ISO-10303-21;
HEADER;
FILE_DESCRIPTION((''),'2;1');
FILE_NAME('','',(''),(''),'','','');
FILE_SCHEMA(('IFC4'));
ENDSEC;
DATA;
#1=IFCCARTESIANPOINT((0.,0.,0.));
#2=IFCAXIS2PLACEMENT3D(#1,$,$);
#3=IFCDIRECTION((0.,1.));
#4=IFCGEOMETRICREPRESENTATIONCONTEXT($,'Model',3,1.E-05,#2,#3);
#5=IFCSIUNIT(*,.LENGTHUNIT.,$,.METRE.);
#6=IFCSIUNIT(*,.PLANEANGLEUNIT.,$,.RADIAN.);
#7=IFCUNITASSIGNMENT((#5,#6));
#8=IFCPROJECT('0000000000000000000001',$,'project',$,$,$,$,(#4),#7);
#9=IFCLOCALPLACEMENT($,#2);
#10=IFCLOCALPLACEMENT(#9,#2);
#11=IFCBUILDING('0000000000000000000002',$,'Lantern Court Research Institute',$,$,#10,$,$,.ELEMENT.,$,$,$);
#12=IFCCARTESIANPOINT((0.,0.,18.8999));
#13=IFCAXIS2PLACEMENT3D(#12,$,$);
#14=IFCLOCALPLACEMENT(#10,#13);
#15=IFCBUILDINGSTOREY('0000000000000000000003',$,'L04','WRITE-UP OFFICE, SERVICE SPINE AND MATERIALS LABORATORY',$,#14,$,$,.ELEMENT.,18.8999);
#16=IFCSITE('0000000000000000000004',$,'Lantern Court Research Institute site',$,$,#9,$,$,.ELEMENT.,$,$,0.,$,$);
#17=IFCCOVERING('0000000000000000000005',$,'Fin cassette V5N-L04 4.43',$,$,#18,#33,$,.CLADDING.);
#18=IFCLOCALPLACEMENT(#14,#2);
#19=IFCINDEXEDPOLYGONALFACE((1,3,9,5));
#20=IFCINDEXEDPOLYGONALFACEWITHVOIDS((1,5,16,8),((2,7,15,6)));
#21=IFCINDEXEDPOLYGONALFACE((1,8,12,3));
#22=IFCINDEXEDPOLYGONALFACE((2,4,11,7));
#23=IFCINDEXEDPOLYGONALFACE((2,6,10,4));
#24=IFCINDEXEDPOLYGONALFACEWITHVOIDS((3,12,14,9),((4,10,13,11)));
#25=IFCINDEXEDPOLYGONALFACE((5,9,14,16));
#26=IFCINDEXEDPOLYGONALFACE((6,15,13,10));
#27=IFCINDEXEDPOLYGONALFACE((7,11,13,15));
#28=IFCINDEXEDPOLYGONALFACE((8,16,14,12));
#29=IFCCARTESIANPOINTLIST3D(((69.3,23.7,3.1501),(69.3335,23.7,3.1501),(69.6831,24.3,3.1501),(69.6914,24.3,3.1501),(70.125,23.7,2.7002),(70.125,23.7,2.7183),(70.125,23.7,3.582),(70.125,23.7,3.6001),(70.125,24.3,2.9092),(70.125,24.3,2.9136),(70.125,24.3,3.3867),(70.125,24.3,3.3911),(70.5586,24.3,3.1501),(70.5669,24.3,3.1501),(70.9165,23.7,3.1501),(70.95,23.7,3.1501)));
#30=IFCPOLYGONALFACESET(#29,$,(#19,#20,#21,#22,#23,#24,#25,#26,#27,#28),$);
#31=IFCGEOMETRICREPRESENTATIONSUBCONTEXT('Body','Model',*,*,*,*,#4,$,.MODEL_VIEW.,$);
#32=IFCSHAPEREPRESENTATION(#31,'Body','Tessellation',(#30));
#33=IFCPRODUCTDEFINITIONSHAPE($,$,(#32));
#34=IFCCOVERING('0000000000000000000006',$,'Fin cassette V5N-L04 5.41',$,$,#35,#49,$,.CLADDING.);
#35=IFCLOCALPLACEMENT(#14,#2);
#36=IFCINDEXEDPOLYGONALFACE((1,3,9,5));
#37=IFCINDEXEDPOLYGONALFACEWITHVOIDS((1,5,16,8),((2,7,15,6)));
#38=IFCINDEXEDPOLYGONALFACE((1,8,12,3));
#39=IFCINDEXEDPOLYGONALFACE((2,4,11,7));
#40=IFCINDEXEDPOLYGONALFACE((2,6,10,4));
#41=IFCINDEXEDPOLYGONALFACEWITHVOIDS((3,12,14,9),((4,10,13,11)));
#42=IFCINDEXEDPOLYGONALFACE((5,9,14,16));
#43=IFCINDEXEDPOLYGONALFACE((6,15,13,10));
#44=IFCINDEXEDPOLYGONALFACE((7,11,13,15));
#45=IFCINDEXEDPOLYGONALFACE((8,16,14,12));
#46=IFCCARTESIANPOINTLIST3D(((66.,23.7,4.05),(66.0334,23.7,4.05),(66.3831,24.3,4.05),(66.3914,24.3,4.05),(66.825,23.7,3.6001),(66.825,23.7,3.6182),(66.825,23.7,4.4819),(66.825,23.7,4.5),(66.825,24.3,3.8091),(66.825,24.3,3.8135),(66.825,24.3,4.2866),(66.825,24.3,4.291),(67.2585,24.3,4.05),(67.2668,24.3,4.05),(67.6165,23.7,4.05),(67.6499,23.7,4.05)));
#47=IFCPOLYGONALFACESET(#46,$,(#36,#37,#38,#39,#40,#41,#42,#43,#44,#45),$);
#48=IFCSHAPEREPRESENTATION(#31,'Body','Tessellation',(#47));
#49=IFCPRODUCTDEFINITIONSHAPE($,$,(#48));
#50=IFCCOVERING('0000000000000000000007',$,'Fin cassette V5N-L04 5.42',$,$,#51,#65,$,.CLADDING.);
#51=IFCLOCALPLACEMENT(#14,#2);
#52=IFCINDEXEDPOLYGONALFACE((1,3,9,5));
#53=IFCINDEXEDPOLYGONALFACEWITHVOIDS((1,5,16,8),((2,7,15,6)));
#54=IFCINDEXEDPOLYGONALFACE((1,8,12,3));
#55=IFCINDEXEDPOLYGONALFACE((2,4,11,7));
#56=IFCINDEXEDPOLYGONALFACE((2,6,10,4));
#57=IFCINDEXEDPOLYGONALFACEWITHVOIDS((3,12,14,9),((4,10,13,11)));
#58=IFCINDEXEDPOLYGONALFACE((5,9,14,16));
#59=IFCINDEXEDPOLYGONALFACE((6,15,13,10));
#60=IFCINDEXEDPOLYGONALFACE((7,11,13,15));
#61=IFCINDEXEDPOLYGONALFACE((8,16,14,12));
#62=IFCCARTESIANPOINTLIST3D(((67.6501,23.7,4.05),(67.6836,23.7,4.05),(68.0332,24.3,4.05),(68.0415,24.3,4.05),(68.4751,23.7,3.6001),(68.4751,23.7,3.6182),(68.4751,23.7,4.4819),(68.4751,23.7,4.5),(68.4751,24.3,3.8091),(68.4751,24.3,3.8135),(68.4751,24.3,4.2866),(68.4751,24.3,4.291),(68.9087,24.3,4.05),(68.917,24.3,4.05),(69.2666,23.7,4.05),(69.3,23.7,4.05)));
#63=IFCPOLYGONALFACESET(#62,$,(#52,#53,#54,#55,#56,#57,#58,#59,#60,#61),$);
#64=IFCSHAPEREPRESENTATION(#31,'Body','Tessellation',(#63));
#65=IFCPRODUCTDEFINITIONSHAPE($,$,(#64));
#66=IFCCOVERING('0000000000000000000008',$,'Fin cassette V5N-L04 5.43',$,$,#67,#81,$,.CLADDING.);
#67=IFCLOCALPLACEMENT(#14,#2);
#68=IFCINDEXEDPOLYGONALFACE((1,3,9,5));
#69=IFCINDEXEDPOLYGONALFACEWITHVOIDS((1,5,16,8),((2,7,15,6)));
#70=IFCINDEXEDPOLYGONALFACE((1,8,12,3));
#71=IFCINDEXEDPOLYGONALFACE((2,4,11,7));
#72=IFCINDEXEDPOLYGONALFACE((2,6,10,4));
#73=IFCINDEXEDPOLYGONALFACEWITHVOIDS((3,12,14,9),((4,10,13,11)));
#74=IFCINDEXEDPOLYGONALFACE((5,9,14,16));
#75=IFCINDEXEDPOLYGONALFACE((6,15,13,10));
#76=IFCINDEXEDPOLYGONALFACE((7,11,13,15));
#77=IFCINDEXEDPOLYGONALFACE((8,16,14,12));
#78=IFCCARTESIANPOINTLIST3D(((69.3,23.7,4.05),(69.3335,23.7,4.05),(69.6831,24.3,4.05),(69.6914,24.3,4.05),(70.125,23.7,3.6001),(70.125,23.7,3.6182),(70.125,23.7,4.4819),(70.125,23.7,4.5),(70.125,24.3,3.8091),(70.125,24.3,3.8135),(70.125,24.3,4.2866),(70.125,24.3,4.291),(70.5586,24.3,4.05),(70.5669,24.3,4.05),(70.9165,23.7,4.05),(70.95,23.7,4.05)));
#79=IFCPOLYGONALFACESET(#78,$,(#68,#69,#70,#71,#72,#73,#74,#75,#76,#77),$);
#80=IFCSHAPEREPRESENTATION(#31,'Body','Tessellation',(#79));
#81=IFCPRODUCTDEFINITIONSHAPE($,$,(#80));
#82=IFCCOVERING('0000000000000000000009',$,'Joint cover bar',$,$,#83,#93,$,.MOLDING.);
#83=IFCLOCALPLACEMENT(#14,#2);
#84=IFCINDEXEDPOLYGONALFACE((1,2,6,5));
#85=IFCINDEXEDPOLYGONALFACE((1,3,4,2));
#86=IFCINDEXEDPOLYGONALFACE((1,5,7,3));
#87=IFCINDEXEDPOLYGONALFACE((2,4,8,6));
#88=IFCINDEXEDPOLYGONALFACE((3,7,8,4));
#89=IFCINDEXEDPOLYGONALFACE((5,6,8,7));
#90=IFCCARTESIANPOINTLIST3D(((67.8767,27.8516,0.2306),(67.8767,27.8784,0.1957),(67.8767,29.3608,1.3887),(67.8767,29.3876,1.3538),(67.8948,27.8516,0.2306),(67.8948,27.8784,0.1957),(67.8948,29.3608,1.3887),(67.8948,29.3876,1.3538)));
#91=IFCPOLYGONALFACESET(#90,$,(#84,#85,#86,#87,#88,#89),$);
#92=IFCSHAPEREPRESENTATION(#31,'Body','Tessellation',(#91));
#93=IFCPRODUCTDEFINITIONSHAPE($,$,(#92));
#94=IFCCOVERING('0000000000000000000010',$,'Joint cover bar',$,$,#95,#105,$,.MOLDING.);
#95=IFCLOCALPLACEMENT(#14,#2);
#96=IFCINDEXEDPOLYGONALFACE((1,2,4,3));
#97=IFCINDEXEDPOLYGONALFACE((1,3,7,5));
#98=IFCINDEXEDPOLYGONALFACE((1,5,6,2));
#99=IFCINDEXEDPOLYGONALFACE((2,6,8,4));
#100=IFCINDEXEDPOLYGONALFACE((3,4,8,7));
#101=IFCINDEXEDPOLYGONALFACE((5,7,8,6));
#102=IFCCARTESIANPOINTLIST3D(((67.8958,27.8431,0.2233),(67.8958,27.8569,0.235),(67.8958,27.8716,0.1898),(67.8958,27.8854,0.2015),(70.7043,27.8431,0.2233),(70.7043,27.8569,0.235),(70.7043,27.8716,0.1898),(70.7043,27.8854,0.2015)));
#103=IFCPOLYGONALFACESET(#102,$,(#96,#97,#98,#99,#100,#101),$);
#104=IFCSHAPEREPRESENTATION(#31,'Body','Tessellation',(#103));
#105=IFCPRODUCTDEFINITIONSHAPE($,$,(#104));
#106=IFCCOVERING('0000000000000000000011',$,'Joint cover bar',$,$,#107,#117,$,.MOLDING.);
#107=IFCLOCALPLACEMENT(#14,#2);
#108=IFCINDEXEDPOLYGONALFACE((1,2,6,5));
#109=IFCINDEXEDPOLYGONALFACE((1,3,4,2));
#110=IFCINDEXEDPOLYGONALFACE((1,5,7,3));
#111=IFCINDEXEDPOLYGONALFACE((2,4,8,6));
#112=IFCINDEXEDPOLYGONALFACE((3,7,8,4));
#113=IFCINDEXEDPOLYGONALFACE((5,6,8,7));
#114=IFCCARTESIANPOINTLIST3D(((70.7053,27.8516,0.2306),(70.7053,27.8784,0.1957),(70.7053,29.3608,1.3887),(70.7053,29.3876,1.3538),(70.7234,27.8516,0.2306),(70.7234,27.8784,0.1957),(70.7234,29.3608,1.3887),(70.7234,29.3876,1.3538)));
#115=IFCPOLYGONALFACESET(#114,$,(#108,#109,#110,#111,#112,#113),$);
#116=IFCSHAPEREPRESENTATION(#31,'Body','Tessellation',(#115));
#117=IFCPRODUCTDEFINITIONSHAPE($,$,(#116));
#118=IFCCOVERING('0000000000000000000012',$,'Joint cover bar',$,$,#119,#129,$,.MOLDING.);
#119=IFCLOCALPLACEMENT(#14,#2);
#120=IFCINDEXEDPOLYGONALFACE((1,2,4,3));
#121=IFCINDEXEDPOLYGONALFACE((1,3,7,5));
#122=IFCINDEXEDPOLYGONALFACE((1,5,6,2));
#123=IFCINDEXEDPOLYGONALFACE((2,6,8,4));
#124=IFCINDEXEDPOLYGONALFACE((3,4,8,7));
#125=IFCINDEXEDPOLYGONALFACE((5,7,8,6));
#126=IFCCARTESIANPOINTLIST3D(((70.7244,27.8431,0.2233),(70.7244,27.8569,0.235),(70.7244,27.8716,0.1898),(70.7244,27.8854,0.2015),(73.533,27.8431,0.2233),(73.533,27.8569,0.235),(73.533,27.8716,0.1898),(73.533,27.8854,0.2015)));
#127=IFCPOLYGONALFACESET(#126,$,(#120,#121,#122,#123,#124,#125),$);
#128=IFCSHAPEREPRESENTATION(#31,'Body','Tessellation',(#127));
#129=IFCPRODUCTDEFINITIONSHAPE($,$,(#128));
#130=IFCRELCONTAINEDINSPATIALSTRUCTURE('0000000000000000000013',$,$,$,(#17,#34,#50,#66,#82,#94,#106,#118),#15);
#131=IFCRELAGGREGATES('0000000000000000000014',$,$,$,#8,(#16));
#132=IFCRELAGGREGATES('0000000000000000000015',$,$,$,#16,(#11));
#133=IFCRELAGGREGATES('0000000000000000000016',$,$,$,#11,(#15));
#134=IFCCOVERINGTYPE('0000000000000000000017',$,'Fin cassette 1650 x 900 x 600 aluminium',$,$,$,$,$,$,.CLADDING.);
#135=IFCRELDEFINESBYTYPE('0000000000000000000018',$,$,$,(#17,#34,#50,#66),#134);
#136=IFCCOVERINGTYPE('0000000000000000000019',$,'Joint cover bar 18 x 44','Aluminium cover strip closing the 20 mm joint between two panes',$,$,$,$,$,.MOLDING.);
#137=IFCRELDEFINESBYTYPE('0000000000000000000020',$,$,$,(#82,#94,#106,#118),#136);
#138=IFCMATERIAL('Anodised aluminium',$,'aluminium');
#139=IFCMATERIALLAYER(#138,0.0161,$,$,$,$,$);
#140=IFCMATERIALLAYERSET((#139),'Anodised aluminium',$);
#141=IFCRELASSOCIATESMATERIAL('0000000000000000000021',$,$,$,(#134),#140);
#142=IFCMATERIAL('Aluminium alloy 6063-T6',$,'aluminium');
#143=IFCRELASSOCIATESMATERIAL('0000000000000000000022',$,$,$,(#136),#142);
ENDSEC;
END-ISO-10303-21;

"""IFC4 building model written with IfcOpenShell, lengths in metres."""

from ifc_helpers import new_model, entity, si_unit, direction, frame, origin, origin_2d, place, context, subcontext, project, spatial, rectangle, extrude, material, layer, layer_set, material_profile, profile_set, type_object, element, save


model = new_model("IFC4")

# Units and contexts
model_context = context("Model", 3, precision=1e-05, world=origin(), true_north=direction((0.0, 1.0)))
body_context = subcontext(model_context, "Body", "Model", "MODEL_VIEW")
ifc_project = project(units=[si_unit("LENGTHUNIT", "METRE"), si_unit("PLANEANGLEUNIT", "RADIAN")], contexts=[model_context])

# Site, building, storey
site_placement = place(None, origin())
site = spatial("IfcSite", under=ifc_project, at=site_placement, Name="Lantern Court Research Institute site", CompositionType="ELEMENT", RefElevation=0.0)
building_placement = place(site_placement, origin())
building = spatial("IfcBuilding", under=site, at=building_placement, Name="Lantern Court Research Institute", CompositionType="ELEMENT")
storey_placement = place(building_placement, frame((0.0, 0.0, 18.8999)))
storey = spatial("IfcBuildingStorey", under=building, at=storey_placement, Name="L04", Description="WRITE-UP OFFICE, SERVICE SPINE AND MATERIALS LABORATORY", CompositionType="ELEMENT", Elevation=18.8999)

# Coverings
ifc_material_1 = material(Name="Anodised aluminium", Category="aluminium")
ifc_layer_1 = layer(ifc_material_1, 0.0161)
ifc_layer_set_1 = layer_set([ifc_layer_1], Name="Anodised aluminium")
covering_type_1 = type_object("IfcCoveringType", Name="Fin cassette 1650 x 900 x 600 aluminium", PredefinedType="CLADDING", material=ifc_layer_set_1)
covering_1_placement = place(storey_placement, frame((70.125, 23.7, 3.1501), z_axis=(0.0, 1.0, 0.0), x_axis=(-1.0, 0.0, 0.0)))
cartesian_point_1 = entity("IfcCartesianPoint", [0.825, 0.0])
cartesian_point_2 = entity("IfcCartesianPoint", [0.7915, 0.0])
cartesian_point_3 = entity("IfcCartesianPoint", [0.4419, 0.0])
cartesian_point_4 = entity("IfcCartesianPoint", [0.4336, 0.0])
element("IfcCovering", 1, at=covering_1_placement, inside=storey, type_object=covering_type_1, Name="Fin cassette V5N-L04 4.43", PredefinedType="CLADDING", context=body_context, shape_type="SweptSolid", body=[
    entity("IfcExtrudedAreaSolidTapered", entity("IfcArbitraryProfileDefWithVoids", "AREA", None, entity("IfcPolyline", [cartesian_point_1, entity("IfcCartesianPoint", [0.0, 0.45]), entity("IfcCartesianPoint", [-0.825, 0.0]), entity("IfcCartesianPoint", [0.0, -0.45]), cartesian_point_1]), [entity("IfcPolyline", [cartesian_point_2, entity("IfcCartesianPoint", [0.0, 0.4319]), entity("IfcCartesianPoint", [-0.7915, 0.0]), entity("IfcCartesianPoint", [0.0, -0.4319]), cartesian_point_2])]), entity("IfcAxis2Placement3D", entity("IfcCartesianPoint", [0.0, 0.0, 0.0])), entity("IfcDirection", [0.0, 0.0, 1.0]), 0.6001, entity("IfcArbitraryProfileDefWithVoids", "AREA", None, entity("IfcPolyline", [cartesian_point_3, entity("IfcCartesianPoint", [0.0, 0.241]), entity("IfcCartesianPoint", [-0.4419, 0.0]), entity("IfcCartesianPoint", [0.0, -0.241]), cartesian_point_3]), [entity("IfcPolyline", [cartesian_point_4, entity("IfcCartesianPoint", [0.0, 0.2366]), entity("IfcCartesianPoint", [-0.4336, 0.0]), entity("IfcCartesianPoint", [0.0, -0.2366]), cartesian_point_4])])),
])
covering_2_placement = place(storey_placement, frame((66.825, 23.7, 4.05), z_axis=(0.0, 1.0, 0.0), x_axis=(-1.0, 0.0, 0.0)))
cartesian_point_5 = entity("IfcCartesianPoint", [0.825, 0.0])
cartesian_point_6 = entity("IfcCartesianPoint", [0.7915, 0.0])
cartesian_point_7 = entity("IfcCartesianPoint", [0.4419, 0.0])
cartesian_point_8 = entity("IfcCartesianPoint", [0.4336, 0.0])
element("IfcCovering", 2, at=covering_2_placement, inside=storey, type_object=covering_type_1, Name="Fin cassette V5N-L04 5.41", PredefinedType="CLADDING", context=body_context, shape_type="SweptSolid", body=[
    entity("IfcExtrudedAreaSolidTapered", entity("IfcArbitraryProfileDefWithVoids", "AREA", None, entity("IfcPolyline", [cartesian_point_5, entity("IfcCartesianPoint", [0.0, 0.45]), entity("IfcCartesianPoint", [-0.825, 0.0]), entity("IfcCartesianPoint", [0.0, -0.45]), cartesian_point_5]), [entity("IfcPolyline", [cartesian_point_6, entity("IfcCartesianPoint", [0.0, 0.4319]), entity("IfcCartesianPoint", [-0.7915, 0.0]), entity("IfcCartesianPoint", [0.0, -0.4319]), cartesian_point_6])]), entity("IfcAxis2Placement3D", entity("IfcCartesianPoint", [0.0, 0.0, 0.0])), entity("IfcDirection", [0.0, 0.0, 1.0]), 0.6001, entity("IfcArbitraryProfileDefWithVoids", "AREA", None, entity("IfcPolyline", [cartesian_point_7, entity("IfcCartesianPoint", [0.0, 0.241]), entity("IfcCartesianPoint", [-0.4419, 0.0]), entity("IfcCartesianPoint", [0.0, -0.241]), cartesian_point_7]), [entity("IfcPolyline", [cartesian_point_8, entity("IfcCartesianPoint", [0.0, 0.2366]), entity("IfcCartesianPoint", [-0.4336, 0.0]), entity("IfcCartesianPoint", [0.0, -0.2366]), cartesian_point_8])])),
])
covering_3_placement = place(storey_placement, frame((68.4751, 23.7, 4.05), z_axis=(0.0, 1.0, 0.0), x_axis=(-1.0, 0.0, 0.0)))
cartesian_point_9 = entity("IfcCartesianPoint", [0.825, 0.0])
cartesian_point_10 = entity("IfcCartesianPoint", [0.7915, 0.0])
cartesian_point_11 = entity("IfcCartesianPoint", [0.4419, 0.0])
cartesian_point_12 = entity("IfcCartesianPoint", [0.4336, 0.0])
element("IfcCovering", 3, at=covering_3_placement, inside=storey, type_object=covering_type_1, Name="Fin cassette V5N-L04 5.42", PredefinedType="CLADDING", context=body_context, shape_type="SweptSolid", body=[
    entity("IfcExtrudedAreaSolidTapered", entity("IfcArbitraryProfileDefWithVoids", "AREA", None, entity("IfcPolyline", [cartesian_point_9, entity("IfcCartesianPoint", [0.0, 0.45]), entity("IfcCartesianPoint", [-0.825, 0.0]), entity("IfcCartesianPoint", [0.0, -0.45]), cartesian_point_9]), [entity("IfcPolyline", [cartesian_point_10, entity("IfcCartesianPoint", [0.0, 0.4319]), entity("IfcCartesianPoint", [-0.7915, 0.0]), entity("IfcCartesianPoint", [0.0, -0.4319]), cartesian_point_10])]), entity("IfcAxis2Placement3D", entity("IfcCartesianPoint", [0.0, 0.0, 0.0])), entity("IfcDirection", [0.0, 0.0, 1.0]), 0.6001, entity("IfcArbitraryProfileDefWithVoids", "AREA", None, entity("IfcPolyline", [cartesian_point_11, entity("IfcCartesianPoint", [0.0, 0.241]), entity("IfcCartesianPoint", [-0.4419, 0.0]), entity("IfcCartesianPoint", [0.0, -0.241]), cartesian_point_11]), [entity("IfcPolyline", [cartesian_point_12, entity("IfcCartesianPoint", [0.0, 0.2366]), entity("IfcCartesianPoint", [-0.4336, 0.0]), entity("IfcCartesianPoint", [0.0, -0.2366]), cartesian_point_12])])),
])
covering_4_placement = place(storey_placement, frame((70.125, 23.7, 4.05), z_axis=(0.0, 1.0, 0.0), x_axis=(-1.0, 0.0, 0.0)))
cartesian_point_13 = entity("IfcCartesianPoint", [0.825, 0.0])
cartesian_point_14 = entity("IfcCartesianPoint", [0.7915, 0.0])
cartesian_point_15 = entity("IfcCartesianPoint", [0.4419, 0.0])
cartesian_point_16 = entity("IfcCartesianPoint", [0.4336, 0.0])
element("IfcCovering", 4, at=covering_4_placement, inside=storey, type_object=covering_type_1, Name="Fin cassette V5N-L04 5.43", PredefinedType="CLADDING", context=body_context, shape_type="SweptSolid", body=[
    entity("IfcExtrudedAreaSolidTapered", entity("IfcArbitraryProfileDefWithVoids", "AREA", None, entity("IfcPolyline", [cartesian_point_13, entity("IfcCartesianPoint", [0.0, 0.45]), entity("IfcCartesianPoint", [-0.825, 0.0]), entity("IfcCartesianPoint", [0.0, -0.45]), cartesian_point_13]), [entity("IfcPolyline", [cartesian_point_14, entity("IfcCartesianPoint", [0.0, 0.4319]), entity("IfcCartesianPoint", [-0.7915, 0.0]), entity("IfcCartesianPoint", [0.0, -0.4319]), cartesian_point_14])]), entity("IfcAxis2Placement3D", entity("IfcCartesianPoint", [0.0, 0.0, 0.0])), entity("IfcDirection", [0.0, 0.0, 1.0]), 0.6001, entity("IfcArbitraryProfileDefWithVoids", "AREA", None, entity("IfcPolyline", [cartesian_point_15, entity("IfcCartesianPoint", [0.0, 0.241]), entity("IfcCartesianPoint", [-0.4419, 0.0]), entity("IfcCartesianPoint", [0.0, -0.241]), cartesian_point_15]), [entity("IfcPolyline", [cartesian_point_16, entity("IfcCartesianPoint", [0.0, 0.2366]), entity("IfcCartesianPoint", [-0.4336, 0.0]), entity("IfcCartesianPoint", [0.0, -0.2366]), cartesian_point_16])])),
])
ifc_material_2 = material(Name="Aluminium alloy 6063-T6", Category="aluminium")
ifc_material_profile_1 = material_profile(ifc_material_2, rectangle(XDim=0.0181, YDim=0.0439, at=origin_2d()), Name="Joint cover bar 18 x 44")
ifc_profile_set_1 = profile_set([ifc_material_profile_1], Name="Aluminium alloy 6063-T6")
covering_type_2 = type_object("IfcCoveringType", Name="Joint cover bar 18 x 44", Description="Aluminium cover strip closing the 20 mm joint between two panes", PredefinedType="MOLDING", material=ifc_profile_set_1)
covering_5_placement = place(storey_placement, frame((67.8857, 27.865, 0.2131), z_axis=(0.0, 0.79333, 0.608792), x_axis=(-1.0, 0.0, 0.0)))
element("IfcCovering", 5, at=covering_5_placement, inside=storey, type_object=covering_type_2, Name="Joint cover bar", PredefinedType="MOLDING", context=body_context, shape_type="SweptSolid", body=[
    extrude(rectangle(XDim=0.0181, YDim=0.0439, at=origin_2d()), origin(), (0.0, 0.0, 1.0), 1.9023),
])
covering_6_placement = place(storey_placement, frame((67.8958, 27.8643, 0.2124), z_axis=(1.0, 0.0, 0.0), x_axis=(0.0, 0.761673, 0.647962)))
element("IfcCovering", 6, at=covering_6_placement, inside=storey, type_object=covering_type_2, Name="Joint cover bar", PredefinedType="MOLDING", context=body_context, shape_type="SweptSolid", body=[
    extrude(rectangle(XDim=0.0181, YDim=0.0439, at=origin_2d()), origin(), (0.0, 0.0, 1.0), 2.8086),
])
covering_7_placement = place(storey_placement, frame((70.7144, 27.865, 0.2131), z_axis=(0.0, 0.79333, 0.608792), x_axis=(-1.0, 0.0, 0.0)))
element("IfcCovering", 7, at=covering_7_placement, inside=storey, type_object=covering_type_2, Name="Joint cover bar", PredefinedType="MOLDING", context=body_context, shape_type="SweptSolid", body=[
    extrude(rectangle(XDim=0.0181, YDim=0.0439, at=origin_2d()), origin(), (0.0, 0.0, 1.0), 1.9023),
])
covering_8_placement = place(storey_placement, frame((70.7244, 27.8643, 0.2124), z_axis=(1.0, 0.0, 0.0), x_axis=(0.0, 0.761673, 0.647962)))
element("IfcCovering", 8, at=covering_8_placement, inside=storey, type_object=covering_type_2, Name="Joint cover bar", PredefinedType="MOLDING", context=body_context, shape_type="SweptSolid", body=[
    extrude(rectangle(XDim=0.0181, YDim=0.0439, at=origin_2d()), origin(), (0.0, 0.0, 1.0), 2.8086),
])

save(model, "model.ifc")
